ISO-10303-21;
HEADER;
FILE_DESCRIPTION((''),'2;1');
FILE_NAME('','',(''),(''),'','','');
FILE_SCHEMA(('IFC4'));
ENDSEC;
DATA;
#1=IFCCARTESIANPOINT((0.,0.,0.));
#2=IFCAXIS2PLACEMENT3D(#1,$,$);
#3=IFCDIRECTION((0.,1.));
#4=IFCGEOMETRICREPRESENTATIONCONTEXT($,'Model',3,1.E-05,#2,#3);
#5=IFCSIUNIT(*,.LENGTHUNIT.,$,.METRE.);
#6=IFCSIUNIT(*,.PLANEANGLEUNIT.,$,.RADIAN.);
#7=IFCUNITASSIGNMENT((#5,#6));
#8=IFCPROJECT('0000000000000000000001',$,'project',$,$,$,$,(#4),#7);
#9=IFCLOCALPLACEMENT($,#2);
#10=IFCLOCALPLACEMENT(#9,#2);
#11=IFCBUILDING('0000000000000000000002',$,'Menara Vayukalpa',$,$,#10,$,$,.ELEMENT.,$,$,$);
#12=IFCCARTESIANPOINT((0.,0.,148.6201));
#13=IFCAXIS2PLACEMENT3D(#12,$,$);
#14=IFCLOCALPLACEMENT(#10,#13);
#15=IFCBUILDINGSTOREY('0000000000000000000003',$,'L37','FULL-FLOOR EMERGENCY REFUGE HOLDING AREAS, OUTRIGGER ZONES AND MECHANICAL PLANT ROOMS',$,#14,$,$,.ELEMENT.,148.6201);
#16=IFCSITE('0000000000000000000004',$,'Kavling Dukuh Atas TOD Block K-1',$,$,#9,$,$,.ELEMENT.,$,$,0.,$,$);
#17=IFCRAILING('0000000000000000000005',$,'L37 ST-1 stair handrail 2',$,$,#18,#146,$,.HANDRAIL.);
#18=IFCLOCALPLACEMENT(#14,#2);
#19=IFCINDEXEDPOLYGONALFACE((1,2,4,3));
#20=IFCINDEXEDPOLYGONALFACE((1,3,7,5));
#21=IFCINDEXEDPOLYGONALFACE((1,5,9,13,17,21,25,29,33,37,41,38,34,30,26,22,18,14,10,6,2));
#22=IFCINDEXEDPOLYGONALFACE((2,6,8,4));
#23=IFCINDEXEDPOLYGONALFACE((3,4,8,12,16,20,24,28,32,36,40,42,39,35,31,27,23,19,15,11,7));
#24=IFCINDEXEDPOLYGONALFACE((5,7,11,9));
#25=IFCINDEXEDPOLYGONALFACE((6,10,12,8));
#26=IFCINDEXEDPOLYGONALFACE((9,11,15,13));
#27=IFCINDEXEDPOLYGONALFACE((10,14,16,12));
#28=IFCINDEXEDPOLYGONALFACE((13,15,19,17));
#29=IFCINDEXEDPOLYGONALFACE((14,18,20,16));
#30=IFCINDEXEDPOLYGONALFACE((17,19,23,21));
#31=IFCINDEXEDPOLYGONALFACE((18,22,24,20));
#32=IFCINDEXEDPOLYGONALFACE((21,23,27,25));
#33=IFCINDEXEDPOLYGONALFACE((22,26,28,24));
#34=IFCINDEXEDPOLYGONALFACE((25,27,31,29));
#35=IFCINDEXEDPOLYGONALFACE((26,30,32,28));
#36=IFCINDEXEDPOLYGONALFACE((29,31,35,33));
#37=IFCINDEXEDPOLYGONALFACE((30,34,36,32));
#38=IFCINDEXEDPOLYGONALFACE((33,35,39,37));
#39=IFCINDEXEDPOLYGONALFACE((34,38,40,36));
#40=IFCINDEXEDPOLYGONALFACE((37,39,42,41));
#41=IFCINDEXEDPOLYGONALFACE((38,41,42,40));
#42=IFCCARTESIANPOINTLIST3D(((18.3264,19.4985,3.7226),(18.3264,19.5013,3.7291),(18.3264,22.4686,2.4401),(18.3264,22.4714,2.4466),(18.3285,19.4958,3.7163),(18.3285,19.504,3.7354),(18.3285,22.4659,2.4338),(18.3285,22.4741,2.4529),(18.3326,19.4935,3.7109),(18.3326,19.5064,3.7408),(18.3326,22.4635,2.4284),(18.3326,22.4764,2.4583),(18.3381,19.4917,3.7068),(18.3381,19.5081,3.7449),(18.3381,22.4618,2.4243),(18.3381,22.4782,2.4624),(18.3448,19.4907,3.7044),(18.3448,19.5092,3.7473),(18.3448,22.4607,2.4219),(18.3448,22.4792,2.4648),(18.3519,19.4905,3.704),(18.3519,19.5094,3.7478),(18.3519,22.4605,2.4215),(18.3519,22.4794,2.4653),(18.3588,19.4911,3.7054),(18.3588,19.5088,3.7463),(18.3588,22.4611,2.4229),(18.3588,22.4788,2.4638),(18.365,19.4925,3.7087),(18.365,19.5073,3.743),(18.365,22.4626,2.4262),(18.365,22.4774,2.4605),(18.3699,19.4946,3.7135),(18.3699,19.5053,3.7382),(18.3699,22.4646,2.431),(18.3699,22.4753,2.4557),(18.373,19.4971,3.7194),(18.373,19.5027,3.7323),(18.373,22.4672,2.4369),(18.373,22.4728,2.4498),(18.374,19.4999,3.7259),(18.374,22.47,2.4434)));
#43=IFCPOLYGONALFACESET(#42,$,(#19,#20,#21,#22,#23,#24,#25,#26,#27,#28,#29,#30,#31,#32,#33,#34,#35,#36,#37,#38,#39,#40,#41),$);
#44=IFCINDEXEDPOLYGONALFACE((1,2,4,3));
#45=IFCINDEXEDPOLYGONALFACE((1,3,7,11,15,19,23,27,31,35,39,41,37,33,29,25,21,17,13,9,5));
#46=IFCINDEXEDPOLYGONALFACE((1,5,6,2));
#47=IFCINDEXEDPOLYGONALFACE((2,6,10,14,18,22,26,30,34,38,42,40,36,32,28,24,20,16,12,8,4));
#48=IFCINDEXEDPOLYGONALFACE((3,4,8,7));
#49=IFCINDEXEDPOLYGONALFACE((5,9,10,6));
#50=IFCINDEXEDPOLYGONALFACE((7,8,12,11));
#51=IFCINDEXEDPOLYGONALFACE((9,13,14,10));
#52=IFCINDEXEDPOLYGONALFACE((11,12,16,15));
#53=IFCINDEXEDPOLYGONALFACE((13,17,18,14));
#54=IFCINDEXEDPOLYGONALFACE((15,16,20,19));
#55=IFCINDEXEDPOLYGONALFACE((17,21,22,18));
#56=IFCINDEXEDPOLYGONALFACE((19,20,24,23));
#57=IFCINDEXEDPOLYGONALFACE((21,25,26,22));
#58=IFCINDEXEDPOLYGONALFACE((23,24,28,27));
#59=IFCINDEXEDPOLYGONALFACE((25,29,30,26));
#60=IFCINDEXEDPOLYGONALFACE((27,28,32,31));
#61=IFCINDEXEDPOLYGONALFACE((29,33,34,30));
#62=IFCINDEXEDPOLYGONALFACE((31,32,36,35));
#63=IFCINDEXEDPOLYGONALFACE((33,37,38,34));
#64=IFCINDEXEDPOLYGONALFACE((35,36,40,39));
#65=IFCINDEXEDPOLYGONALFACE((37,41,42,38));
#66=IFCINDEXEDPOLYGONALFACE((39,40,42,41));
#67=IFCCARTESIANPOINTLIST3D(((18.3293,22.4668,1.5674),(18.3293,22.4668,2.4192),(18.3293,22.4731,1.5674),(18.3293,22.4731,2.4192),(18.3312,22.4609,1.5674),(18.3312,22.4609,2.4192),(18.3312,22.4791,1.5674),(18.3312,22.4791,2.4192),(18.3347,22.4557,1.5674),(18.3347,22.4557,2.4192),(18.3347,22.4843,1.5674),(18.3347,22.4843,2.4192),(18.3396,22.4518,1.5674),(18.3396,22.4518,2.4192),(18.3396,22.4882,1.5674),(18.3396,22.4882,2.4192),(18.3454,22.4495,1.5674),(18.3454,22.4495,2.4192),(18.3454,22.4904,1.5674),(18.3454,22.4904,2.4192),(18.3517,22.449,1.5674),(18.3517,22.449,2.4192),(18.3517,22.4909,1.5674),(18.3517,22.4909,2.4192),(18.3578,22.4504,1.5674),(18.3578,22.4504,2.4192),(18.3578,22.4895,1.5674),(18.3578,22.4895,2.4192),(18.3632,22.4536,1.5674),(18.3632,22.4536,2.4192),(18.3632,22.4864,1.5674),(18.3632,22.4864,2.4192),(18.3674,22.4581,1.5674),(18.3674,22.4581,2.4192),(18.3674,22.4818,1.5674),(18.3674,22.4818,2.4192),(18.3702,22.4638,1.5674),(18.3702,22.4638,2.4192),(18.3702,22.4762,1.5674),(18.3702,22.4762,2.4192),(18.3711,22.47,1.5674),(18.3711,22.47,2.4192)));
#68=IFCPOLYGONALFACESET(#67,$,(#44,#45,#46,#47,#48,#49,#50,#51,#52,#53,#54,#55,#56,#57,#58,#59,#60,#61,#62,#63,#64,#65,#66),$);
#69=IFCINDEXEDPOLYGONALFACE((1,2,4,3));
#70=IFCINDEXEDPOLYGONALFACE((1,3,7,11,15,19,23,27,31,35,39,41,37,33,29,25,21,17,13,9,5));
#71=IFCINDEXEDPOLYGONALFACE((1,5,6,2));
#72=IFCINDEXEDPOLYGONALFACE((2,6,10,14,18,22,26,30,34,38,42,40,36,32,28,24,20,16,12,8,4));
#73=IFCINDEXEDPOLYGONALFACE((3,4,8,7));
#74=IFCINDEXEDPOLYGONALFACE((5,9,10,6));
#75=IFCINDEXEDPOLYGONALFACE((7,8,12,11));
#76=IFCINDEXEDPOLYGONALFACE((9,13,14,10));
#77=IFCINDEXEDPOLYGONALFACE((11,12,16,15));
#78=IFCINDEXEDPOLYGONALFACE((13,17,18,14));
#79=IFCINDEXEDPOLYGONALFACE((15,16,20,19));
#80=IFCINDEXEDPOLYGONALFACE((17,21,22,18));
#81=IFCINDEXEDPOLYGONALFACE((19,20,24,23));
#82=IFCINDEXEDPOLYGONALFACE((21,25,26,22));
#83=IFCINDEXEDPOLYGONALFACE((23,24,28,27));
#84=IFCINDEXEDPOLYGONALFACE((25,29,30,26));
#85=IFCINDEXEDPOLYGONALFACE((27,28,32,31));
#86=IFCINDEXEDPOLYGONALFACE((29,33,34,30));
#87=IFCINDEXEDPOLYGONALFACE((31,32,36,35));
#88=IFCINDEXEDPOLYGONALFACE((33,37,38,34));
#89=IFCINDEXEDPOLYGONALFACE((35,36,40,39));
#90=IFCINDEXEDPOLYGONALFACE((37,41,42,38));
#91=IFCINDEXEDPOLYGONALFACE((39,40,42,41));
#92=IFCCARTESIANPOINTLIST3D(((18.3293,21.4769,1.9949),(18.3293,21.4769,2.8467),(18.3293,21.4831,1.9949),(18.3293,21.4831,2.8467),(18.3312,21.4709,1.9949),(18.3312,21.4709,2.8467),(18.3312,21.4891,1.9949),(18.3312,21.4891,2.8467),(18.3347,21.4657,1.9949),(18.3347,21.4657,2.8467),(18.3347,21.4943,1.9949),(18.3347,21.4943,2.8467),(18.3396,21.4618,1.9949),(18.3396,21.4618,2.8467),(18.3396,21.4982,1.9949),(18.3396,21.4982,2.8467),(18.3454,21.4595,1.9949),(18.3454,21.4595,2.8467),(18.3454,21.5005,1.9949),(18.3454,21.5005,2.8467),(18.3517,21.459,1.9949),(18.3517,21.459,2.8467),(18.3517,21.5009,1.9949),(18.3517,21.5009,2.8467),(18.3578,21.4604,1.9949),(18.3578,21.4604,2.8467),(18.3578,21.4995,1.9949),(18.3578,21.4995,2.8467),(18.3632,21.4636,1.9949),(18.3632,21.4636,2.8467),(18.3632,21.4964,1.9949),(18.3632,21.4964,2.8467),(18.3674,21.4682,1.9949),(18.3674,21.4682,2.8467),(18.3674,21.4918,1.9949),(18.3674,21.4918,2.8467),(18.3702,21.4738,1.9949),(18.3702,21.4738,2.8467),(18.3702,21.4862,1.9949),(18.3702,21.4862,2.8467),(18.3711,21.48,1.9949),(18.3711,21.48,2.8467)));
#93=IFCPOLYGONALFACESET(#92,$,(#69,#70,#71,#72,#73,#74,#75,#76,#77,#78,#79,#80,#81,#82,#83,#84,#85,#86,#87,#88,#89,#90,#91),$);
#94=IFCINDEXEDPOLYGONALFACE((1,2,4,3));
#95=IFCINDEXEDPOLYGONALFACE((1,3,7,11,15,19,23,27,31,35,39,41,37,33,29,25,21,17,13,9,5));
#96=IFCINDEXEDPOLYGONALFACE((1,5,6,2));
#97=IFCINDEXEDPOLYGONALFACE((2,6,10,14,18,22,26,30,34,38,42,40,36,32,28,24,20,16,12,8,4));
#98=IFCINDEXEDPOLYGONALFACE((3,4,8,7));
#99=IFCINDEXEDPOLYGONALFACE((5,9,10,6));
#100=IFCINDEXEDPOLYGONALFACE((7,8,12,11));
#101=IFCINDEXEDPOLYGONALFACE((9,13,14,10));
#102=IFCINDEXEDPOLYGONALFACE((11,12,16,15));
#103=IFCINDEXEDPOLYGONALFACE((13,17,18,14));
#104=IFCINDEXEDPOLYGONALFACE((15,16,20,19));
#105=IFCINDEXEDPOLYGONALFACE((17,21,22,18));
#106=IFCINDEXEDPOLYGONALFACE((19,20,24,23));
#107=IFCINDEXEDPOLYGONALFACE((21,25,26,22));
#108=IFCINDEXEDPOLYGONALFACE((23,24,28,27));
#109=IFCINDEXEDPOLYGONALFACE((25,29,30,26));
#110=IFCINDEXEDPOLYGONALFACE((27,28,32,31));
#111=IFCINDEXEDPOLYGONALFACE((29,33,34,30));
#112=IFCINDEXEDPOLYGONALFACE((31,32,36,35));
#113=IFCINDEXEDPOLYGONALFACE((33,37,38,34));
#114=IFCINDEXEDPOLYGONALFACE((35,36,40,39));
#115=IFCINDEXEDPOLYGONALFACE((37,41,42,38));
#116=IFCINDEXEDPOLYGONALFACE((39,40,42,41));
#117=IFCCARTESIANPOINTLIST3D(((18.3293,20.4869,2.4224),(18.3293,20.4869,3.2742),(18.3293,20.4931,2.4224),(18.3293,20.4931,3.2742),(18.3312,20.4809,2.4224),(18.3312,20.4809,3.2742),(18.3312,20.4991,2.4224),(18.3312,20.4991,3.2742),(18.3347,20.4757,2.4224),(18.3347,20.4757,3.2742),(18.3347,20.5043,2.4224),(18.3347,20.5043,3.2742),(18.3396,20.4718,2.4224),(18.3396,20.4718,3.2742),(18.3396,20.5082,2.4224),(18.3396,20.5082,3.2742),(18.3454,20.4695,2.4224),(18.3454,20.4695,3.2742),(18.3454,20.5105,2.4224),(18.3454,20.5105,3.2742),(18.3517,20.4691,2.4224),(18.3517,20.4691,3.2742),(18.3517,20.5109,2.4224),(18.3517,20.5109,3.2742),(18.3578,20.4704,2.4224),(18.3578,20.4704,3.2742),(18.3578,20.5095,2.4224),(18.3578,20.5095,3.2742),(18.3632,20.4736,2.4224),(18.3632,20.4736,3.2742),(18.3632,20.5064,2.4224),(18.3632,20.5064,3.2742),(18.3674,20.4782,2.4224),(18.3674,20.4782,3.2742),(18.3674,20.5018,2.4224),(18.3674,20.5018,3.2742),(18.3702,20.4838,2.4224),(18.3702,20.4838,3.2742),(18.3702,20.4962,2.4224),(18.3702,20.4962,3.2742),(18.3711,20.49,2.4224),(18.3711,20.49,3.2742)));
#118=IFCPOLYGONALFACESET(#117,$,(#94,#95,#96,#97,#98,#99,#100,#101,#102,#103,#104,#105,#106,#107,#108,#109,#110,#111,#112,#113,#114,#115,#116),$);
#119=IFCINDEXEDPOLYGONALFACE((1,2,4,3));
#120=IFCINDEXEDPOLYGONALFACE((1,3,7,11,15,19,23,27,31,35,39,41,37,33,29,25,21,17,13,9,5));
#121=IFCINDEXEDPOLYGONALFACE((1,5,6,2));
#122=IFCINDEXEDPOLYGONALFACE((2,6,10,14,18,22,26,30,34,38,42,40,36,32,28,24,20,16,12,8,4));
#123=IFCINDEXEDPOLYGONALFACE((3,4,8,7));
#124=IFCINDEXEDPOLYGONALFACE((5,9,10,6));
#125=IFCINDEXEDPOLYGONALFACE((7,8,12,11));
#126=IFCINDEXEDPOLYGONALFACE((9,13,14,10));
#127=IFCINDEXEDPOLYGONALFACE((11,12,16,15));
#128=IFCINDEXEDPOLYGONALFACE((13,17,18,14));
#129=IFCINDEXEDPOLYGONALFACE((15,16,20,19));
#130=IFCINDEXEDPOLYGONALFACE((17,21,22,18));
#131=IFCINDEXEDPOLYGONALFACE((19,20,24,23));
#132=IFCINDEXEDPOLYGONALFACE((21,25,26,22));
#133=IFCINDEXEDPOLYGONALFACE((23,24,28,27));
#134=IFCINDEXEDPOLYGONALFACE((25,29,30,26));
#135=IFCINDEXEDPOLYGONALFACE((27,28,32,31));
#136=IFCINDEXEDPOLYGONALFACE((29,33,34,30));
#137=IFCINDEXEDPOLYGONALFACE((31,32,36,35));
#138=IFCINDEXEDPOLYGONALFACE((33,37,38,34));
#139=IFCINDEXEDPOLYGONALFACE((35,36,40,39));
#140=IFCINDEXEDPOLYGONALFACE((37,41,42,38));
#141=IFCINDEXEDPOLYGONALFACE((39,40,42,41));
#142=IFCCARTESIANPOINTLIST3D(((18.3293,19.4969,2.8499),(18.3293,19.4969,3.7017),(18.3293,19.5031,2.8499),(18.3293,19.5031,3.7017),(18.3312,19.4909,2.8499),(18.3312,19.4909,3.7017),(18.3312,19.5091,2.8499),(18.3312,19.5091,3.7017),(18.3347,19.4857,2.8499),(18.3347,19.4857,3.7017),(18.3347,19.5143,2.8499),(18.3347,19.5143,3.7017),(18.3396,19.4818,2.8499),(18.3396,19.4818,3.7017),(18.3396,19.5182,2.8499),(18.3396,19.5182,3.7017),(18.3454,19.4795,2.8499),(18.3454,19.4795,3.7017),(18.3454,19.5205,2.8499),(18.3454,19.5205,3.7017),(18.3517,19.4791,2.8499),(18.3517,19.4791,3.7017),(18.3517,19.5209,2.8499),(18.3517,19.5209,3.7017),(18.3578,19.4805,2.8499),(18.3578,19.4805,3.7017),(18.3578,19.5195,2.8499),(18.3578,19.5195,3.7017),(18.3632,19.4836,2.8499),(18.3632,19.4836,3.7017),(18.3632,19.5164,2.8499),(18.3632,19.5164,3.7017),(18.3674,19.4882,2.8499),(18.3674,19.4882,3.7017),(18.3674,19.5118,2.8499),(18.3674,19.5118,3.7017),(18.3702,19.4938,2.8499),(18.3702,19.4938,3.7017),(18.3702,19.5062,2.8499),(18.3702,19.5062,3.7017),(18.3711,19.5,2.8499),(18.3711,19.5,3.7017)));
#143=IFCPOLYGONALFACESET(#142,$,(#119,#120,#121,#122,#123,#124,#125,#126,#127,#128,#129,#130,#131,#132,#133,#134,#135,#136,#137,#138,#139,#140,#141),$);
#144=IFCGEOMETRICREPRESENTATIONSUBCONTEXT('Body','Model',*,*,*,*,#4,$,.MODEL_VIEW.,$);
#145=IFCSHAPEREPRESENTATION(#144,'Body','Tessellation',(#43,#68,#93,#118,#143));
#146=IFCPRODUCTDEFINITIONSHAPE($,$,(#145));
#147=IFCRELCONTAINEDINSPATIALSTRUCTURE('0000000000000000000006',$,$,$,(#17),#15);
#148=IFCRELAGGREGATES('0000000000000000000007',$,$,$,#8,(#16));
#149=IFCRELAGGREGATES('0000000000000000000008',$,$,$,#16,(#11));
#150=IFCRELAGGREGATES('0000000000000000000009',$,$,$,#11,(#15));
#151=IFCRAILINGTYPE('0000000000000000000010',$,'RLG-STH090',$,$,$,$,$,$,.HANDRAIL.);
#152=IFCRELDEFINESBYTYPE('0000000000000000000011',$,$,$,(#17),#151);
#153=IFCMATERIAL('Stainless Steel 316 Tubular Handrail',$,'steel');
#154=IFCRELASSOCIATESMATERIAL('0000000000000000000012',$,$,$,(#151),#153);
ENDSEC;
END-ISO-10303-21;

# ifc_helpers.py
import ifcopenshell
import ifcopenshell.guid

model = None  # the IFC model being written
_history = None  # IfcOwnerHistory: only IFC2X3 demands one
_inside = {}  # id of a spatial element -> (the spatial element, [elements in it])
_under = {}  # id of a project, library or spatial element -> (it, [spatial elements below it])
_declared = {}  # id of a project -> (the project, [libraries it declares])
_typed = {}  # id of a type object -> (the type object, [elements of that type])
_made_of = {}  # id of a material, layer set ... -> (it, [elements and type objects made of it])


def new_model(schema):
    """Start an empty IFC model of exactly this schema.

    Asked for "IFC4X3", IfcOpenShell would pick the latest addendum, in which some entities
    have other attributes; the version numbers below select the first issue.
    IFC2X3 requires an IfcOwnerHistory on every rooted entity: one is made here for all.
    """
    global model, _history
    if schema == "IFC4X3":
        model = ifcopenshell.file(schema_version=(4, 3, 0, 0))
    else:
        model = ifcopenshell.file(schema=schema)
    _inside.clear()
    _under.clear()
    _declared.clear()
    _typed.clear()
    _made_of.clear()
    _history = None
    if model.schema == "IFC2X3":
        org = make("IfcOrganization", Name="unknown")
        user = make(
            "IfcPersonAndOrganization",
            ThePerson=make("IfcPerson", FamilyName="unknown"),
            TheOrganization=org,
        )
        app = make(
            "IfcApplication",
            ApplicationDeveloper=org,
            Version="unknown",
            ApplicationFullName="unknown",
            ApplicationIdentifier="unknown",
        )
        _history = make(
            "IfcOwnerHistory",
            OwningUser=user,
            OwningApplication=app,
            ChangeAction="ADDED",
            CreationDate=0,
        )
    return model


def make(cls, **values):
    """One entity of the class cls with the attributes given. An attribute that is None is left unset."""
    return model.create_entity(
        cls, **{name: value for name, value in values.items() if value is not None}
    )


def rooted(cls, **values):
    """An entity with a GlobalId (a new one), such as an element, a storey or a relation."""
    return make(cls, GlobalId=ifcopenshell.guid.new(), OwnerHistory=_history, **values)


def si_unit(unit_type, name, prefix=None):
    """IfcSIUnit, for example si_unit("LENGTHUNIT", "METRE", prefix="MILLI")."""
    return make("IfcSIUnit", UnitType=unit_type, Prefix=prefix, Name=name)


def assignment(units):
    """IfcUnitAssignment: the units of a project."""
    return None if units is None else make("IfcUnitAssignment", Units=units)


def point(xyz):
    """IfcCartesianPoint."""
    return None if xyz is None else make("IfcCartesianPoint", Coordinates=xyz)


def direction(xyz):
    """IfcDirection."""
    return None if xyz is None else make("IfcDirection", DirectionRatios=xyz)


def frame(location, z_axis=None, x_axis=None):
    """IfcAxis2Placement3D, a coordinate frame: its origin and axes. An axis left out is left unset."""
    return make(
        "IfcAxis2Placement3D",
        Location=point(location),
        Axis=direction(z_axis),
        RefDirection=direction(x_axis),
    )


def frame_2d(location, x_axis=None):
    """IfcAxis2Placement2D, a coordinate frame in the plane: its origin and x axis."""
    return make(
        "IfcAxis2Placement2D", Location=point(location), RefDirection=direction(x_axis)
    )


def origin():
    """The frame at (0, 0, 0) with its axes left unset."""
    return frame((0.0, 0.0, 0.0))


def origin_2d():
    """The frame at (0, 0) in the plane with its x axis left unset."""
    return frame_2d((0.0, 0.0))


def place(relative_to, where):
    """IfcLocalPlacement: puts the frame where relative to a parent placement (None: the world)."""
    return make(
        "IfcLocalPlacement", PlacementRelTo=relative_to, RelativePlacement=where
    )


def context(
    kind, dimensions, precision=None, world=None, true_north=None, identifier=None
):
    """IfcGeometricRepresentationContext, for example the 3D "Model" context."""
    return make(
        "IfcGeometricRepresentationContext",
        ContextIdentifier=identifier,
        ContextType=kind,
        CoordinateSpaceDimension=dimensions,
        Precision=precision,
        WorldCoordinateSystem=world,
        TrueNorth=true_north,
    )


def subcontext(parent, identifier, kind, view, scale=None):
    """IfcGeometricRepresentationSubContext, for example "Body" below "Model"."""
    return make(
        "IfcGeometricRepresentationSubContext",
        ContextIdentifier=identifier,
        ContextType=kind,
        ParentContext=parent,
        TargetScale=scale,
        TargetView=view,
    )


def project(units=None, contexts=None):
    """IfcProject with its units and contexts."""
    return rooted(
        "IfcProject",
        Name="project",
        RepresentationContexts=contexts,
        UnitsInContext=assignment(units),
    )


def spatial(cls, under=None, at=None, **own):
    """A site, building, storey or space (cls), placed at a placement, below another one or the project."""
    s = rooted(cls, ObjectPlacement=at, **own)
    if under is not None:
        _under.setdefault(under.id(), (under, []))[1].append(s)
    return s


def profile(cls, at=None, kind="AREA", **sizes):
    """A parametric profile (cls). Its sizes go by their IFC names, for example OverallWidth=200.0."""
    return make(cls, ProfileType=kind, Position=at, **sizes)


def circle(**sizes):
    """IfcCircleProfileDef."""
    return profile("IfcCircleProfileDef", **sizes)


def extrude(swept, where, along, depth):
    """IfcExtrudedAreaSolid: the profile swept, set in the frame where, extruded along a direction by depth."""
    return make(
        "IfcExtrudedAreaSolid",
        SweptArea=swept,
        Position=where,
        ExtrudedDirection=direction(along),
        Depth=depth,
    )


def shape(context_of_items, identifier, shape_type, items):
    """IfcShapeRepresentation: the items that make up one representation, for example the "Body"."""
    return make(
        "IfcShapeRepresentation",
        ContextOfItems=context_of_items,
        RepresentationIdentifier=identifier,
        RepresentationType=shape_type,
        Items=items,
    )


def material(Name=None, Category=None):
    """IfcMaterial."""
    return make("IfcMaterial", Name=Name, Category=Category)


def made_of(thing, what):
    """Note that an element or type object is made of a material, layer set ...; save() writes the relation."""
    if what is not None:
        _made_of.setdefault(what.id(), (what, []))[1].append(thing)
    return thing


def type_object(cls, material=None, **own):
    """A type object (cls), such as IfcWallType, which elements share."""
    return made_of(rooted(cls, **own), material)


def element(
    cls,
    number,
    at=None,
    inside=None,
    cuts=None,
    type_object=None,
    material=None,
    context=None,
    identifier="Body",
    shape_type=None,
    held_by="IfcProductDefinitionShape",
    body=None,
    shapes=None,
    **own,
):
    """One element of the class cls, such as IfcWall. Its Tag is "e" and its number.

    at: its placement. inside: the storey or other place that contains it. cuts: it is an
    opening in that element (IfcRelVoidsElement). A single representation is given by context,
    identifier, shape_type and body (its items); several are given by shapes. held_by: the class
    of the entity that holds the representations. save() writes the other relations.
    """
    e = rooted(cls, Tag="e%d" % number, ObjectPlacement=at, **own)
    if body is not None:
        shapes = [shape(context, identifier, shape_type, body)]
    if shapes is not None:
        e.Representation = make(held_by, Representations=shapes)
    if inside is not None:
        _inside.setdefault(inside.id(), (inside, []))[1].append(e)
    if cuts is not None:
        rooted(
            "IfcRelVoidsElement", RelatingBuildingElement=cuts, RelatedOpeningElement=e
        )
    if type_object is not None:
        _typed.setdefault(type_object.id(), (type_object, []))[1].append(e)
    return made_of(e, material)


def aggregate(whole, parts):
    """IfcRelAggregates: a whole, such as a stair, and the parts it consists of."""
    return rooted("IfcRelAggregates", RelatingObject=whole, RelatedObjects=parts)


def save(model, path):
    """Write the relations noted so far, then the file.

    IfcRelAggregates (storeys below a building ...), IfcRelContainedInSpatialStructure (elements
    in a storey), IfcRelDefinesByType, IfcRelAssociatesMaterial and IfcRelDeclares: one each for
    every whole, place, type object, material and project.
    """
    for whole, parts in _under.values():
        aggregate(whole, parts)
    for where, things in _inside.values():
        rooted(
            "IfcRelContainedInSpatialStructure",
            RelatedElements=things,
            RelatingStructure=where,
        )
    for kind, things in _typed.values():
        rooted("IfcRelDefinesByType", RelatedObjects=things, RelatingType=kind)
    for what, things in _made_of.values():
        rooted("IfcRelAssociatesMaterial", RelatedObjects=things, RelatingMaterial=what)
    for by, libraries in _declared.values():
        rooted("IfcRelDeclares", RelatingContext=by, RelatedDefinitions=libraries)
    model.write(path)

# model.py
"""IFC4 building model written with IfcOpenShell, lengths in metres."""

from ifc_helpers import new_model, si_unit, direction, frame, origin, origin_2d, place, context, subcontext, project, spatial, circle, extrude, material, type_object, element, save


model = new_model("IFC4")

# Units and contexts
model_context = context("Model", 3, precision=1e-05, world=origin(), true_north=direction((0.0, 1.0)))
body_context = subcontext(model_context, "Body", "Model", "MODEL_VIEW")
ifc_project = project(units=[si_unit("LENGTHUNIT", "METRE"), si_unit("PLANEANGLEUNIT", "RADIAN")], contexts=[model_context])

# Site, building, storey
site_placement = place(None, origin())
site = spatial("IfcSite", under=ifc_project, at=site_placement, Name="Kavling Dukuh Atas TOD Block K-1", CompositionType="ELEMENT", RefElevation=0.0)
building_placement = place(site_placement, origin())
building = spatial("IfcBuilding", under=site, at=building_placement, Name="Menara Vayukalpa", CompositionType="ELEMENT")
storey_placement = place(building_placement, frame((0.0, 0.0, 148.6201)))
storey = spatial("IfcBuildingStorey", under=building, at=storey_placement, Name="L37", Description="FULL-FLOOR EMERGENCY REFUGE HOLDING AREAS, OUTRIGGER ZONES AND MECHANICAL PLANT ROOMS", CompositionType="ELEMENT", Elevation=148.6201)

# Railing
ifc_material_1 = material(Name="Stainless Steel 316 Tubular Handrail", Category="steel")
railing_type_1 = type_object("IfcRailingType", Name="RLG-STH090", PredefinedType="HANDRAIL", material=ifc_material_1)
railing_1_placement = place(storey_placement, frame((18.3501, 22.47, 1.5674)))
element("IfcRailing", 1, at=railing_1_placement, inside=storey, type_object=railing_type_1, Name="L37 ST-1 stair handrail 2", PredefinedType="HANDRAIL", context=body_context, shape_type="SweptSolid", body=[
    extrude(circle(Radius=0.0239, at=origin_2d()), frame((0.0, 0.0, 0.876), z_axis=(0.0, -0.918064, 0.396432), x_axis=(1.0, 0.0, 0.0)), (0.0, 0.0, 1.0), 3.2351),
    extrude(circle(Radius=0.021, at=origin_2d()), origin(), (0.0, 0.0, 1.0), 0.8518),
    extrude(circle(Radius=0.021, at=origin_2d()), frame((0.0, -0.99, 0.4275)), (0.0, 0.0, 1.0), 0.8518),
    extrude(circle(Radius=0.021, at=origin_2d()), frame((0.0, -1.98, 0.855)), (0.0, 0.0, 1.0), 0.8518),
    extrude(circle(Radius=0.021, at=origin_2d()), frame((0.0, -2.97, 1.2825)), (0.0, 0.0, 1.0), 0.8518),
])

save(model, "model.ifc")
